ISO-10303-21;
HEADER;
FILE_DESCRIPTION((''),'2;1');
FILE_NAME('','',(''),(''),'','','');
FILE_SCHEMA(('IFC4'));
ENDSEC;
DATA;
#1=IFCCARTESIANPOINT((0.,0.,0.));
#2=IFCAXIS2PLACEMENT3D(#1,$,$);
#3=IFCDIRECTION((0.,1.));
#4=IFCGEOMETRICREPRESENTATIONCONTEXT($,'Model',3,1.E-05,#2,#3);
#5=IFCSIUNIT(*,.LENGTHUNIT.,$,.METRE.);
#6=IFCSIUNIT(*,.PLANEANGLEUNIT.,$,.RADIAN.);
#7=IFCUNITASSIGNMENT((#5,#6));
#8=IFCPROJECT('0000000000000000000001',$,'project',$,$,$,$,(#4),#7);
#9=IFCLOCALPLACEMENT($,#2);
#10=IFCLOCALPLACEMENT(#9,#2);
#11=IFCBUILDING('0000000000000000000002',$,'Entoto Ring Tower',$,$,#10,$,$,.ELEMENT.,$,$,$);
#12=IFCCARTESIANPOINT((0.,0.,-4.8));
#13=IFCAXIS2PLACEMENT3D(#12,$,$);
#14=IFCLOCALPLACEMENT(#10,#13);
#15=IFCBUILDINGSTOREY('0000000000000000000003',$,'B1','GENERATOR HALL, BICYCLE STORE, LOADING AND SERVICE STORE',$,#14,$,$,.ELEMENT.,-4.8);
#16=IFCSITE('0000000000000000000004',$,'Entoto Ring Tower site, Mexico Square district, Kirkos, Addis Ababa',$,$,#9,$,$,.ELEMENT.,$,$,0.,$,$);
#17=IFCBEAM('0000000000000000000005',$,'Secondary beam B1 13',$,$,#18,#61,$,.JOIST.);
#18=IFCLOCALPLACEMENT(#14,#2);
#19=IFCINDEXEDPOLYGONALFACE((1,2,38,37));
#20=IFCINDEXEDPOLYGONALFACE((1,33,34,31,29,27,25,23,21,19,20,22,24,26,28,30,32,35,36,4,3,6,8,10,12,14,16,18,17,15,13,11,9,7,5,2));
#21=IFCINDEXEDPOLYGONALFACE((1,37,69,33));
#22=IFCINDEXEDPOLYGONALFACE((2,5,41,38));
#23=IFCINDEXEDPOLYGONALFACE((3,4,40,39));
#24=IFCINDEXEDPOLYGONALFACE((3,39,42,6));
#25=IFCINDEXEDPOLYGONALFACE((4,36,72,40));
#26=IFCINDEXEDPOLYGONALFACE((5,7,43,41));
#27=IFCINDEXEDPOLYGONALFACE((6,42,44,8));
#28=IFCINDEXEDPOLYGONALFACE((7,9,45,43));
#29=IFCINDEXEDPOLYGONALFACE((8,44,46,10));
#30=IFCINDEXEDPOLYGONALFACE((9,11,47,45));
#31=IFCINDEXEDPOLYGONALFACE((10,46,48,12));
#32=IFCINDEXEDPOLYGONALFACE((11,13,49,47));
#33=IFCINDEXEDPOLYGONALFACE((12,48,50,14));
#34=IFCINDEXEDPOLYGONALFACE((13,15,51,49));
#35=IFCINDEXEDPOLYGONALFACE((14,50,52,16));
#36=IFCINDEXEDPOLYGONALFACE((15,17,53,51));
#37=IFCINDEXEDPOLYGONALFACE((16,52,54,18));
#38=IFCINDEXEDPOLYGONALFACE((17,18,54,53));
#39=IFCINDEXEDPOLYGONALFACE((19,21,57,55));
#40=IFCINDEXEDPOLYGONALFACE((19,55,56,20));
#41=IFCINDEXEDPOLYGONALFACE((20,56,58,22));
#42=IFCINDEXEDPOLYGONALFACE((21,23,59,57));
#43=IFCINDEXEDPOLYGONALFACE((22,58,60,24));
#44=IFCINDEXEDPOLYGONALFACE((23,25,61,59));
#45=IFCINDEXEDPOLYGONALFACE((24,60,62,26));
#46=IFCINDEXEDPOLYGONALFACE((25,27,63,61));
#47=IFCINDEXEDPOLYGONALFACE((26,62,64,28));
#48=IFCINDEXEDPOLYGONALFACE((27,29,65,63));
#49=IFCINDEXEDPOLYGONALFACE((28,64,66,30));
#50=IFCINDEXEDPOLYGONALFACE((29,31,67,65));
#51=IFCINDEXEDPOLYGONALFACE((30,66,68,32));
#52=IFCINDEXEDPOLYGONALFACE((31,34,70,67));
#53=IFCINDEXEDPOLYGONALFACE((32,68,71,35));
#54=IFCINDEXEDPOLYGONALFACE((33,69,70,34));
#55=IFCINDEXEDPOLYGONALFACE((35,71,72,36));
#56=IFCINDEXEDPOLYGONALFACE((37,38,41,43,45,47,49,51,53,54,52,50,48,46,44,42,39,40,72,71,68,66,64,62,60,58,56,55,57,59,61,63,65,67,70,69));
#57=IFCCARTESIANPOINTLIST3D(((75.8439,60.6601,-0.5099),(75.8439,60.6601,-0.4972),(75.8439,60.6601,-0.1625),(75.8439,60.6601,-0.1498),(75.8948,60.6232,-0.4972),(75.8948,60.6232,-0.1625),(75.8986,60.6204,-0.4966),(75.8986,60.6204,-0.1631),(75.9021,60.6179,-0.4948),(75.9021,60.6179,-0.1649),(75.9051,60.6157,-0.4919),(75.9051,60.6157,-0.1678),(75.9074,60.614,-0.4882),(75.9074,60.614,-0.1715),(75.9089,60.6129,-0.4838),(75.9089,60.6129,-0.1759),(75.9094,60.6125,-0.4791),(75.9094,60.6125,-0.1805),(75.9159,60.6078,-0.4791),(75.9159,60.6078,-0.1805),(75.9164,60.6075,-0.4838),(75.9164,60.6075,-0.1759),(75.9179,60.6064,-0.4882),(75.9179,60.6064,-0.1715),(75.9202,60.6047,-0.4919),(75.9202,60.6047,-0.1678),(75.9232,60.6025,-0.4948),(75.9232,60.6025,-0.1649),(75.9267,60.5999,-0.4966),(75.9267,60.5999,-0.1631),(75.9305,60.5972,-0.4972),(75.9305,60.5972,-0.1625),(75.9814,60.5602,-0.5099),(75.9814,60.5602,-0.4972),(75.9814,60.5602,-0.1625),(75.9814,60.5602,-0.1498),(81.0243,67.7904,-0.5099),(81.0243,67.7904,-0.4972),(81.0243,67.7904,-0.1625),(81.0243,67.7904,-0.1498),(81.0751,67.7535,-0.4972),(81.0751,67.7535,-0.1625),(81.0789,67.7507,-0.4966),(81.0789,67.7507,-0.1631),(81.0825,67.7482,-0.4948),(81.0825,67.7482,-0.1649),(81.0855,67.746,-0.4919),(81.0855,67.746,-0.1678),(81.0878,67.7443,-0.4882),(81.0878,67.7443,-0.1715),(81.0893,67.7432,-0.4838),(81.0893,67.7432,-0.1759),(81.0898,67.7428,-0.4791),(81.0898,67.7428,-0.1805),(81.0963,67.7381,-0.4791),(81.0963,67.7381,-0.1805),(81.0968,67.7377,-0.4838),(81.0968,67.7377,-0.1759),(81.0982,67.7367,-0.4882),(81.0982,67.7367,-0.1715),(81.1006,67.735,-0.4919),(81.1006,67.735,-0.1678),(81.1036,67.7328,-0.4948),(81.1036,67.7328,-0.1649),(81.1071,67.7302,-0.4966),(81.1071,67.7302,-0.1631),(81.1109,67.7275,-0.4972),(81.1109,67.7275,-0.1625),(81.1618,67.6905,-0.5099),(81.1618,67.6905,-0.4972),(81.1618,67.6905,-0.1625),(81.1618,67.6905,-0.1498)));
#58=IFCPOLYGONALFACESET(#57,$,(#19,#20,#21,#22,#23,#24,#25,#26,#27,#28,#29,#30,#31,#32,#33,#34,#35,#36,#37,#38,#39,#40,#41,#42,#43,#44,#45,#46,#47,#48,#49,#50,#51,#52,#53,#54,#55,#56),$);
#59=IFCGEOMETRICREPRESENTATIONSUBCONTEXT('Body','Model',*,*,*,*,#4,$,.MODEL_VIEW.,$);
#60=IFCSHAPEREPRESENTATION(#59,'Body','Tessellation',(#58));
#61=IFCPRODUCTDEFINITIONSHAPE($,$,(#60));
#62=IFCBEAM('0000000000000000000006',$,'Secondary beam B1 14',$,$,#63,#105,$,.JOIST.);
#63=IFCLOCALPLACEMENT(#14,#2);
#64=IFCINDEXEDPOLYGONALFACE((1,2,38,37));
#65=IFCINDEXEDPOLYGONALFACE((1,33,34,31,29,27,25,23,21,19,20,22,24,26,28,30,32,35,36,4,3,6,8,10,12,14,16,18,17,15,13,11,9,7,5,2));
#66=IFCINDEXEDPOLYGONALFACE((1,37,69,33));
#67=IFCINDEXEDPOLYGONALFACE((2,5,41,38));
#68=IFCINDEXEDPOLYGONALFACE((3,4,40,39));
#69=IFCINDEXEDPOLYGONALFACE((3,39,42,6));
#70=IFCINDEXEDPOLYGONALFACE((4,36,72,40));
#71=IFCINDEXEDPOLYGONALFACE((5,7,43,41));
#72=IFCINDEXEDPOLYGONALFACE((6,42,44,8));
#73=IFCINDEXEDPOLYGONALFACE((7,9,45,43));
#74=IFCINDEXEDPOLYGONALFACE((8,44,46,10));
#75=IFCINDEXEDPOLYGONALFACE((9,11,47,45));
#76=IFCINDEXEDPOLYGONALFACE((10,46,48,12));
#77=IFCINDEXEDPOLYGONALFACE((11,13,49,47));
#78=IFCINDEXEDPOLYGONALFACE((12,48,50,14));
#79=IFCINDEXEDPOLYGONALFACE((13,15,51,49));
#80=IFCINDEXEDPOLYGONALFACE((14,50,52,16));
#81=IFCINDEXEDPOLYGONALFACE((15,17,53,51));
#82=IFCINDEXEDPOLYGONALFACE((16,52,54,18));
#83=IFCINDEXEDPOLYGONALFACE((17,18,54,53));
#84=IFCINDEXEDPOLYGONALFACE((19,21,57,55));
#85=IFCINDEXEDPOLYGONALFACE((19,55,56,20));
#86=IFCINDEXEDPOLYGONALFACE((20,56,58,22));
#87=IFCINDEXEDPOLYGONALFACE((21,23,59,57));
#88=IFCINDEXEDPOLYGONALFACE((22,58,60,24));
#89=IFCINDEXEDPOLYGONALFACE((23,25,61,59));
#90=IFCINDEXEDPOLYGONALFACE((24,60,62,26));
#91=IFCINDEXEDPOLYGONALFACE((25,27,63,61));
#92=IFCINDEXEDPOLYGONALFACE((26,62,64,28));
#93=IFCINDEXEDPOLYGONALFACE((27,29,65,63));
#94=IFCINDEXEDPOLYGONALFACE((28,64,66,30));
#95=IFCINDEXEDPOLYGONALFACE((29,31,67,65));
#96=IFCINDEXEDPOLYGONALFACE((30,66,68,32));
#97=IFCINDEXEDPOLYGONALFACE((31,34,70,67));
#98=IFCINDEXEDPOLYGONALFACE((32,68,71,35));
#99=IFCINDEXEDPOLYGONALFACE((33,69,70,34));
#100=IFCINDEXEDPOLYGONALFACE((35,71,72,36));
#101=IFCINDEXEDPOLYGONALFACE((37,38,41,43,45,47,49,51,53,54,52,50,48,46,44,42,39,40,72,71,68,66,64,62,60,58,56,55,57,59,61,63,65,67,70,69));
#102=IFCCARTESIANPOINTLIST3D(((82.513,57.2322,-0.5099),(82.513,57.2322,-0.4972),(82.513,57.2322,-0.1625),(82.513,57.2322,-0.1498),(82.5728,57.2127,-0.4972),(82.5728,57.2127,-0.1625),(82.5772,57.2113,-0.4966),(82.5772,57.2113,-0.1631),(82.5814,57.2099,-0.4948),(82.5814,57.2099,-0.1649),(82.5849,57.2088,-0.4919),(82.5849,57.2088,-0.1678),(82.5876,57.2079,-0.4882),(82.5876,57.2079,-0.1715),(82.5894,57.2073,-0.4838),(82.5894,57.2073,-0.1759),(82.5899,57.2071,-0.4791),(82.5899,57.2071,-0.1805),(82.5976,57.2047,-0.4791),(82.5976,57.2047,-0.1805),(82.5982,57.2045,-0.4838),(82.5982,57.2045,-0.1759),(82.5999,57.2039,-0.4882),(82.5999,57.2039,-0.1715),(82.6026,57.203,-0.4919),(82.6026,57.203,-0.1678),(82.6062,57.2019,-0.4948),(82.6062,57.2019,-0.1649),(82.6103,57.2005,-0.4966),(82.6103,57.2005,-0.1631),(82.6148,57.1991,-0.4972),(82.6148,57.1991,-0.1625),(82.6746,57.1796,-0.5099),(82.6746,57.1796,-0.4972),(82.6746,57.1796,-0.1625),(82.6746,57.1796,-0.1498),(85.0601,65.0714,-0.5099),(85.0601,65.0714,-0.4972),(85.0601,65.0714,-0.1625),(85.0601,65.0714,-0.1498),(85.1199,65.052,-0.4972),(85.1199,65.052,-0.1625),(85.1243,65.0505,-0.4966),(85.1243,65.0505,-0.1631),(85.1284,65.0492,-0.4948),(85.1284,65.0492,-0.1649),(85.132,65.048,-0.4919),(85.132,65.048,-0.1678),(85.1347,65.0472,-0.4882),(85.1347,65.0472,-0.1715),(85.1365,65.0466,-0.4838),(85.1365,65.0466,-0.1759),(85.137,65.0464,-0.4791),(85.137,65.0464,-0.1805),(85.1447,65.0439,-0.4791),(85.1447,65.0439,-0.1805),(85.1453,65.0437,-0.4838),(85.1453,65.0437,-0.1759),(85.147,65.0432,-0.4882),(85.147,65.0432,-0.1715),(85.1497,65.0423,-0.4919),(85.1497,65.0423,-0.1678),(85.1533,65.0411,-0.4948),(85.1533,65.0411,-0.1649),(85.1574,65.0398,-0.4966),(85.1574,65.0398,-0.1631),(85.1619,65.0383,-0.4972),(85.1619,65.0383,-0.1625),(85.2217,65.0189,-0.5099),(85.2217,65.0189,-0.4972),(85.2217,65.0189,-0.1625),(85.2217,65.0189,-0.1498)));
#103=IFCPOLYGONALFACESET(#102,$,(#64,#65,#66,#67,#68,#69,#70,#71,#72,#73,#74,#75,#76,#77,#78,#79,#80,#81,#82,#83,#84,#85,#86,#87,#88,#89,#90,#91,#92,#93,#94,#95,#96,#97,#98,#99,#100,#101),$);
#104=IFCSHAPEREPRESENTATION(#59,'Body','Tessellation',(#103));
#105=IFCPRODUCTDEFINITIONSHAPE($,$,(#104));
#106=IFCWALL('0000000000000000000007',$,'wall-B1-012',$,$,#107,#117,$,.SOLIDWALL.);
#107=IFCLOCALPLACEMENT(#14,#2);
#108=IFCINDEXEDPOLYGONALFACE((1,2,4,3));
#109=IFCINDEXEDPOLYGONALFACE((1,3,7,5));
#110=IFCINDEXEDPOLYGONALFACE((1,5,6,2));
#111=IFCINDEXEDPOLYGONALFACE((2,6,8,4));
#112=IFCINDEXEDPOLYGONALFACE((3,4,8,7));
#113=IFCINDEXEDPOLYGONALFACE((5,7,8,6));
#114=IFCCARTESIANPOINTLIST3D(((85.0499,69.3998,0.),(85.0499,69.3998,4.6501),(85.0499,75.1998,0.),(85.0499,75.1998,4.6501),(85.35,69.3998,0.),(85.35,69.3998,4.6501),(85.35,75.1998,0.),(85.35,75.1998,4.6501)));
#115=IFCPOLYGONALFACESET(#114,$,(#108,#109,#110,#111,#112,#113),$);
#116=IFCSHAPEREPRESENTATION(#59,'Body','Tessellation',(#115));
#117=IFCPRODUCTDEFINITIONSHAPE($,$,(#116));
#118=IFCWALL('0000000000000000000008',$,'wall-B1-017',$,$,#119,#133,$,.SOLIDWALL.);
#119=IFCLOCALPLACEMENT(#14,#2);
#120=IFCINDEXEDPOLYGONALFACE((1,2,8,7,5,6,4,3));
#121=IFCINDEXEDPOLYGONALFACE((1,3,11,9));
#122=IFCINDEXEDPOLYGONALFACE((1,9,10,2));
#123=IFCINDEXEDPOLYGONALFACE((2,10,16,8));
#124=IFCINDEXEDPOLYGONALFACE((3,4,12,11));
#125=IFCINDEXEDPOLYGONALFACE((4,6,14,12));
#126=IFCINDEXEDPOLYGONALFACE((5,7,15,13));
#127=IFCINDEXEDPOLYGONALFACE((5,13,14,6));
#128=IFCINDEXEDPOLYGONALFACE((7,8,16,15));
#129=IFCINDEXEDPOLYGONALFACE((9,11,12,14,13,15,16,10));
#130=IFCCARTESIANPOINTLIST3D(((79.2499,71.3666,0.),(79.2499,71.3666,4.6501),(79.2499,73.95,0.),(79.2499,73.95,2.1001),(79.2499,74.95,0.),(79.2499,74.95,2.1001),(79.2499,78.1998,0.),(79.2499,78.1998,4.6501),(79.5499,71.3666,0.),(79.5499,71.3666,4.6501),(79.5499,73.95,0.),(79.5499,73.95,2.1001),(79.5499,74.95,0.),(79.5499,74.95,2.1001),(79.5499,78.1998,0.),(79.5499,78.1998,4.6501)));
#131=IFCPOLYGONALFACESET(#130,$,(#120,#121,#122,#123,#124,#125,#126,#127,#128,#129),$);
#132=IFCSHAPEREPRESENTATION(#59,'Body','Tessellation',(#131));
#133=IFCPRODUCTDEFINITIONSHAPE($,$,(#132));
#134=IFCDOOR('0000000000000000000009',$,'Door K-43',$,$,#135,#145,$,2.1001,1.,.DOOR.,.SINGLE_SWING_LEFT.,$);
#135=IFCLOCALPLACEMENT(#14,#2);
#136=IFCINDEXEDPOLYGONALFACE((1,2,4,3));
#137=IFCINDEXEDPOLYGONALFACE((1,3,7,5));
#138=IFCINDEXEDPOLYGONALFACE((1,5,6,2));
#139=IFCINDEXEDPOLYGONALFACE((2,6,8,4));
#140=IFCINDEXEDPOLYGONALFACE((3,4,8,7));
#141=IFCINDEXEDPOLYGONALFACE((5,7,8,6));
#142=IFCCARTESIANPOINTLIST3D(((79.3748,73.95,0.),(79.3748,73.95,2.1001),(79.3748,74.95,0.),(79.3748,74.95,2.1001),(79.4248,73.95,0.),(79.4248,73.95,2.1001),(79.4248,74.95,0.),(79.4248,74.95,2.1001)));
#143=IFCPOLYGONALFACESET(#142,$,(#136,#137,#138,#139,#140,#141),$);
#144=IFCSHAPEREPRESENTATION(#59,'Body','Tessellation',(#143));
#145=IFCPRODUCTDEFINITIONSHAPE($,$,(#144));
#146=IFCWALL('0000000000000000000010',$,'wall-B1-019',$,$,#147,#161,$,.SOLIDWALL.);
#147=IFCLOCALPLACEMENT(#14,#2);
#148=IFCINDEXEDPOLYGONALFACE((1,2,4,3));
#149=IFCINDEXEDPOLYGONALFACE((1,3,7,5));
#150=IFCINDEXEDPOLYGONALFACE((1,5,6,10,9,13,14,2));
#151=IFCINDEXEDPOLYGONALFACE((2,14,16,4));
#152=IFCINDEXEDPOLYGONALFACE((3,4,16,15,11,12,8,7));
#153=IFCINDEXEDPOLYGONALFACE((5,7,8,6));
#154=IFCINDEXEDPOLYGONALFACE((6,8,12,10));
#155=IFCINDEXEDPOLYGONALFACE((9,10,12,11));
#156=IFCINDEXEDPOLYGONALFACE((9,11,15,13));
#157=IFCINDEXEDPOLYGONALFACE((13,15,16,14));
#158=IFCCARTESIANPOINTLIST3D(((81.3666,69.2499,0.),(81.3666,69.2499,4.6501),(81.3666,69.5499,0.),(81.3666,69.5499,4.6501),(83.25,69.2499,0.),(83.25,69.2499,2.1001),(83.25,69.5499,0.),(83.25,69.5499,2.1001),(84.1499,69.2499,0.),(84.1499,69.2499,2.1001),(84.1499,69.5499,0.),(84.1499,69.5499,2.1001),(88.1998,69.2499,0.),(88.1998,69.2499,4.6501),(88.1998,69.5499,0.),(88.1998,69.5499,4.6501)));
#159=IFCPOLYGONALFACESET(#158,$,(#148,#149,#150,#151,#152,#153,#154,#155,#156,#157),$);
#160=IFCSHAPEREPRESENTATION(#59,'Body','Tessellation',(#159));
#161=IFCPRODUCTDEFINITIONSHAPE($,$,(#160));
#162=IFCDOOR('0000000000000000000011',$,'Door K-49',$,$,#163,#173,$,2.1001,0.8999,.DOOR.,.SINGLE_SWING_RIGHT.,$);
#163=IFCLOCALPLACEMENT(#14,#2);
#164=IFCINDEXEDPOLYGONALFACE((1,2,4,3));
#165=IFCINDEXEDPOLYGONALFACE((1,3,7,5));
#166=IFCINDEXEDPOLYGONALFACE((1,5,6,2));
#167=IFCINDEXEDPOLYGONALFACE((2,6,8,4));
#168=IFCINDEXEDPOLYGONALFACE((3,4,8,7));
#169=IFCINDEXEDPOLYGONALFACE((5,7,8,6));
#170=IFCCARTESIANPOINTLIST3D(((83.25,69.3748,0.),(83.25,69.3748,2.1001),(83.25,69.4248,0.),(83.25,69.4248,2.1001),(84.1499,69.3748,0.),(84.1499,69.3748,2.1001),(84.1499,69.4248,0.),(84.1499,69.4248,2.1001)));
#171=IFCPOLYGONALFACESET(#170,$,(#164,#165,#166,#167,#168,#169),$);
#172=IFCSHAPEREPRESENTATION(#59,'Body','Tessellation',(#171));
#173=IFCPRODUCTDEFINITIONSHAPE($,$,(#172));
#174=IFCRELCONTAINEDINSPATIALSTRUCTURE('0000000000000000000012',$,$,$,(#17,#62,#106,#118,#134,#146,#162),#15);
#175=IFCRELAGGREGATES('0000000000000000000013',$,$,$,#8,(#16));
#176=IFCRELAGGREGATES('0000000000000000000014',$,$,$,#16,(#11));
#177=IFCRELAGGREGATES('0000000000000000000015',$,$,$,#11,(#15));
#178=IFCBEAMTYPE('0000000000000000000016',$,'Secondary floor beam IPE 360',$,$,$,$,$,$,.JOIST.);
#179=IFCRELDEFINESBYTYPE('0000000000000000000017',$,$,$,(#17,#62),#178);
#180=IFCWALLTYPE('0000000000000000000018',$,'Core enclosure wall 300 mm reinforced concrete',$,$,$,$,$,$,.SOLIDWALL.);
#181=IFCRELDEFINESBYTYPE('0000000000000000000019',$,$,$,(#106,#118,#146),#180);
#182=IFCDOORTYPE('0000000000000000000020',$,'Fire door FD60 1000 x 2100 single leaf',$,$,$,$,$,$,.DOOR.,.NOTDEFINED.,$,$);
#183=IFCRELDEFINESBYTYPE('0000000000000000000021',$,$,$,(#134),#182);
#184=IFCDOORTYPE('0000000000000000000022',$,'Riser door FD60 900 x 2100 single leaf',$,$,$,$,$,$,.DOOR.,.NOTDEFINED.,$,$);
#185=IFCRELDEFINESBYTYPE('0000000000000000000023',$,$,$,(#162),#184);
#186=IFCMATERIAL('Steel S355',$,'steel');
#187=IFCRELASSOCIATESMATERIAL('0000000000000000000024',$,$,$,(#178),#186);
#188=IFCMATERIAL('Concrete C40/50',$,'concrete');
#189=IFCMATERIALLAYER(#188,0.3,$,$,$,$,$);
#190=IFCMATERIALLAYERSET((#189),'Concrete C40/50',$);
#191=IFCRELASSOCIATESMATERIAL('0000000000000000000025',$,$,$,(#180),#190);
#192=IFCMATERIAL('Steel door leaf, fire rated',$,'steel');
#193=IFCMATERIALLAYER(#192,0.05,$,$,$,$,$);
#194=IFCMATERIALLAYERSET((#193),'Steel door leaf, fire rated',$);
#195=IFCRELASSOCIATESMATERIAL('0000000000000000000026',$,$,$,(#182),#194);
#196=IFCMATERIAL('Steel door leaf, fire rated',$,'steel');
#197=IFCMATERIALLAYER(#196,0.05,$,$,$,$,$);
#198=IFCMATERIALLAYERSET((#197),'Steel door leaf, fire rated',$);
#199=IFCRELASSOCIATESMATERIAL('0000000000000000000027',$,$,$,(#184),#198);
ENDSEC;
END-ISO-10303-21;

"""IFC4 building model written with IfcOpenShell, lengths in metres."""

from ifc_helpers import new_model, si_unit, direction, frame, frame_2d, origin, origin_2d, place, context, subcontext, project, spatial, rectangle, i_section, extrude, material, layer, layer_set, material_profile, profile_set, type_object, element, fill, save


model = new_model("IFC4")

# Units and contexts
model_context = context("Model", 3, precision=1e-05, world=origin(), true_north=direction((0.0, 1.0)))
body_context = subcontext(model_context, "Body", "Model", "MODEL_VIEW")
ifc_project = project(units=[si_unit("LENGTHUNIT", "METRE"), si_unit("PLANEANGLEUNIT", "RADIAN")], contexts=[model_context])

# Site, building, storey
site_placement = place(None, origin())
site = spatial("IfcSite", under=ifc_project, at=site_placement, Name="Entoto Ring Tower site, Mexico Square district, Kirkos, Addis Ababa", CompositionType="ELEMENT", RefElevation=0.0)
building_placement = place(site_placement, origin())
building = spatial("IfcBuilding", under=site, at=building_placement, Name="Entoto Ring Tower", CompositionType="ELEMENT")
storey_placement = place(building_placement, frame((0.0, 0.0, -4.8)))
storey = spatial("IfcBuildingStorey", under=building, at=storey_placement, Name="B1", Description="GENERATOR HALL, BICYCLE STORE, LOADING AND SERVICE STORE", CompositionType="ELEMENT", Elevation=-4.8)

# Beams
ifc_material_1 = material(Name="Steel S355", Category="steel")
ifc_material_profile_1 = material_profile(ifc_material_1, i_section(OverallWidth=0.1699, OverallDepth=0.3601, WebThickness=0.0081, FlangeThickness=0.0127, FilletRadius=0.0181, at=origin_2d()), Name="IPE 360")
ifc_profile_set_1 = profile_set([ifc_material_profile_1], Name="Steel S355")
beam_type_1 = type_object("IfcBeamType", Name="Secondary floor beam IPE 360", PredefinedType="JOIST", material=ifc_profile_set_1)
for number, where, z_axis, x_axis, name in (
    (1, (81.093, 67.7405, -0.3298), (-0.587778, -0.809022, 0.0), (0.809022, -0.587778, 0.0), "Secondary beam B1 13"),
):
    element("IfcBeam", number, at=place(storey_placement, frame(where, z_axis=z_axis, x_axis=x_axis)), inside=storey, type_object=beam_type_1, Name=name, PredefinedType="JOIST", context=body_context, shape_type="SweptSolid", body=[
        extrude(i_section(OverallWidth=0.1699, OverallDepth=0.3601, WebThickness=0.0081, FlangeThickness=0.0127, FilletRadius=0.0181, at=origin_2d()), origin(), (0.0, 0.0, 1.0), 8.8135),
    ])
beam_1_placement = place(storey_placement, frame((85.1409, 65.0452, -0.3298), z_axis=(-0.309012, -0.951058, 0.0), x_axis=(0.951058, -0.309012, 0.0)))
element("IfcBeam", 2, at=beam_1_placement, inside=storey, type_object=beam_type_1, Name="Secondary beam B1 14", PredefinedType="JOIST", context=body_context, shape_type="SweptSolid", body=[
    extrude(i_section(OverallWidth=0.1699, OverallDepth=0.3601, WebThickness=0.0081, FlangeThickness=0.0127, FilletRadius=0.0181, at=origin_2d()), origin(), (0.0, 0.0, 1.0), 8.2427),
])

# Wall
ifc_material_2 = material(Name="Concrete C40/50", Category="concrete")
ifc_layer_1 = layer(ifc_material_2, 0.3)
ifc_layer_set_1 = layer_set([ifc_layer_1], Name="Concrete C40/50")
wall_type_1 = type_object("IfcWallType", Name="Core enclosure wall 300 mm reinforced concrete", PredefinedType="SOLIDWALL", material=ifc_layer_set_1)
wall_1_placement = place(storey_placement, frame((85.2, 69.3999, 0.0), z_axis=(0.0, 0.0, 1.0), x_axis=(0.0, 1.0, 0.0)))
element("IfcWall", 3, at=wall_1_placement, inside=storey, type_object=wall_type_1, Name="wall-B1-012", PredefinedType="SOLIDWALL", context=body_context, shape_type="SweptSolid", body=[
    extrude(rectangle(XDim=5.8, YDim=0.3, at=frame_2d((2.8999, 0.0))), origin(), (0.0, 0.0, 1.0), 4.6501),
])

# Walls, openings, doors
wall_2_placement = place(storey_placement, frame((79.3999, 71.3667, 0.0), z_axis=(0.0, 0.0, 1.0), x_axis=(0.0, 1.0, 0.0)))
wall_2 = element("IfcWall", 4, at=wall_2_placement, inside=storey, type_object=wall_type_1, Name="wall-B1-017", PredefinedType="SOLIDWALL", context=body_context, shape_type="SweptSolid", body=[
    extrude(rectangle(XDim=6.8333, YDim=0.3, at=frame_2d((3.4165, 0.0))), origin(), (0.0, 0.0, 1.0), 4.6501),
])
opening_1_placement = place(wall_2_placement, frame((2.5833, 0.0, 0.0)))
opening_1 = element("IfcOpeningElement", 5, at=opening_1_placement, cuts=wall_2, PredefinedType="OPENING", context=body_context, shape_type="SweptSolid", body=[
    extrude(rectangle(XDim=1.0, YDim=2.1001, at=frame_2d((0.5, 1.05))), frame((0.0, 0.1602, 0.0), z_axis=(0.0, -1.0, 0.0), x_axis=(1.0, 0.0, 0.0)), (0.0, 0.0, 1.0), 0.3201),
])
ifc_material_3 = material(Name="Steel door leaf, fire rated", Category="steel")
ifc_layer_2 = layer(ifc_material_3, 0.05)
ifc_layer_set_2 = layer_set([ifc_layer_2], Name="Steel door leaf, fire rated")
door_type_1 = type_object("IfcDoorType", Name="Fire door FD60 1000 x 2100 single leaf", OperationType="NOTDEFINED", PredefinedType="DOOR", material=ifc_layer_set_2)
door_1_placement = place(opening_1_placement, frame((1.0, 0.0, 0.0), z_axis=(0.0, 0.0, 1.0), x_axis=(-1.0, 0.0, 0.0)))
door_1 = element("IfcDoor", 6, at=door_1_placement, inside=storey, type_object=door_type_1, Name="Door K-43", OperationType="SINGLE_SWING_LEFT", OverallHeight=2.1001, OverallWidth=1.0, PredefinedType="DOOR", context=body_context, shape_type="SweptSolid", body=[
    extrude(rectangle(XDim=1.0, YDim=2.1001, at=frame_2d((0.5, 1.05))), frame((0.0, 0.0249, 0.0), z_axis=(0.0, -1.0, 0.0), x_axis=(1.0, 0.0, 0.0)), (0.0, 0.0, 1.0), 0.05),
])
fill(opening_1, door_1)
wall_3_placement = place(storey_placement, frame((81.3667, 69.3999, 0.0), z_axis=(0.0, 0.0, 1.0), x_axis=(1.0, 0.0, 0.0)))
wall_3 = element("IfcWall", 7, at=wall_3_placement, inside=storey, type_object=wall_type_1, Name="wall-B1-019", PredefinedType="SOLIDWALL", context=body_context, shape_type="SweptSolid", body=[
    extrude(rectangle(XDim=6.8333, YDim=0.3, at=frame_2d((3.4165, 0.0))), origin(), (0.0, 0.0, 1.0), 4.6501),
])
opening_2_placement = place(wall_3_placement, frame((1.8833, 0.0, 0.0)))
opening_2 = element("IfcOpeningElement", 8, at=opening_2_placement, cuts=wall_3, PredefinedType="OPENING", context=body_context, shape_type="SweptSolid", body=[
    extrude(rectangle(XDim=0.8999, YDim=2.1001, at=frame_2d((0.45, 1.05))), frame((0.0, 0.1602, 0.0), z_axis=(0.0, -1.0, 0.0), x_axis=(1.0, 0.0, 0.0)), (0.0, 0.0, 1.0), 0.3201),
])
ifc_material_4 = material(Name="Steel door leaf, fire rated", Category="steel")
ifc_layer_3 = layer(ifc_material_4, 0.05)
ifc_layer_set_3 = layer_set([ifc_layer_3], Name="Steel door leaf, fire rated")
door_type_2 = type_object("IfcDoorType", Name="Riser door FD60 900 x 2100 single leaf", OperationType="NOTDEFINED", PredefinedType="DOOR", material=ifc_layer_set_3)
door_2_placement = place(opening_2_placement, origin())
door_2 = element("IfcDoor", 9, at=door_2_placement, inside=storey, type_object=door_type_2, Name="Door K-49", OperationType="SINGLE_SWING_RIGHT", OverallHeight=2.1001, OverallWidth=0.8999, PredefinedType="DOOR", context=body_context, shape_type="SweptSolid", body=[
    extrude(rectangle(XDim=0.8999, YDim=2.1001, at=frame_2d((0.45, 1.05))), frame((0.0, 0.0249, 0.0), z_axis=(0.0, -1.0, 0.0), x_axis=(1.0, 0.0, 0.0)), (0.0, 0.0, 1.0), 0.05),
])
fill(opening_2, door_2)

save(model, "model.ifc")
